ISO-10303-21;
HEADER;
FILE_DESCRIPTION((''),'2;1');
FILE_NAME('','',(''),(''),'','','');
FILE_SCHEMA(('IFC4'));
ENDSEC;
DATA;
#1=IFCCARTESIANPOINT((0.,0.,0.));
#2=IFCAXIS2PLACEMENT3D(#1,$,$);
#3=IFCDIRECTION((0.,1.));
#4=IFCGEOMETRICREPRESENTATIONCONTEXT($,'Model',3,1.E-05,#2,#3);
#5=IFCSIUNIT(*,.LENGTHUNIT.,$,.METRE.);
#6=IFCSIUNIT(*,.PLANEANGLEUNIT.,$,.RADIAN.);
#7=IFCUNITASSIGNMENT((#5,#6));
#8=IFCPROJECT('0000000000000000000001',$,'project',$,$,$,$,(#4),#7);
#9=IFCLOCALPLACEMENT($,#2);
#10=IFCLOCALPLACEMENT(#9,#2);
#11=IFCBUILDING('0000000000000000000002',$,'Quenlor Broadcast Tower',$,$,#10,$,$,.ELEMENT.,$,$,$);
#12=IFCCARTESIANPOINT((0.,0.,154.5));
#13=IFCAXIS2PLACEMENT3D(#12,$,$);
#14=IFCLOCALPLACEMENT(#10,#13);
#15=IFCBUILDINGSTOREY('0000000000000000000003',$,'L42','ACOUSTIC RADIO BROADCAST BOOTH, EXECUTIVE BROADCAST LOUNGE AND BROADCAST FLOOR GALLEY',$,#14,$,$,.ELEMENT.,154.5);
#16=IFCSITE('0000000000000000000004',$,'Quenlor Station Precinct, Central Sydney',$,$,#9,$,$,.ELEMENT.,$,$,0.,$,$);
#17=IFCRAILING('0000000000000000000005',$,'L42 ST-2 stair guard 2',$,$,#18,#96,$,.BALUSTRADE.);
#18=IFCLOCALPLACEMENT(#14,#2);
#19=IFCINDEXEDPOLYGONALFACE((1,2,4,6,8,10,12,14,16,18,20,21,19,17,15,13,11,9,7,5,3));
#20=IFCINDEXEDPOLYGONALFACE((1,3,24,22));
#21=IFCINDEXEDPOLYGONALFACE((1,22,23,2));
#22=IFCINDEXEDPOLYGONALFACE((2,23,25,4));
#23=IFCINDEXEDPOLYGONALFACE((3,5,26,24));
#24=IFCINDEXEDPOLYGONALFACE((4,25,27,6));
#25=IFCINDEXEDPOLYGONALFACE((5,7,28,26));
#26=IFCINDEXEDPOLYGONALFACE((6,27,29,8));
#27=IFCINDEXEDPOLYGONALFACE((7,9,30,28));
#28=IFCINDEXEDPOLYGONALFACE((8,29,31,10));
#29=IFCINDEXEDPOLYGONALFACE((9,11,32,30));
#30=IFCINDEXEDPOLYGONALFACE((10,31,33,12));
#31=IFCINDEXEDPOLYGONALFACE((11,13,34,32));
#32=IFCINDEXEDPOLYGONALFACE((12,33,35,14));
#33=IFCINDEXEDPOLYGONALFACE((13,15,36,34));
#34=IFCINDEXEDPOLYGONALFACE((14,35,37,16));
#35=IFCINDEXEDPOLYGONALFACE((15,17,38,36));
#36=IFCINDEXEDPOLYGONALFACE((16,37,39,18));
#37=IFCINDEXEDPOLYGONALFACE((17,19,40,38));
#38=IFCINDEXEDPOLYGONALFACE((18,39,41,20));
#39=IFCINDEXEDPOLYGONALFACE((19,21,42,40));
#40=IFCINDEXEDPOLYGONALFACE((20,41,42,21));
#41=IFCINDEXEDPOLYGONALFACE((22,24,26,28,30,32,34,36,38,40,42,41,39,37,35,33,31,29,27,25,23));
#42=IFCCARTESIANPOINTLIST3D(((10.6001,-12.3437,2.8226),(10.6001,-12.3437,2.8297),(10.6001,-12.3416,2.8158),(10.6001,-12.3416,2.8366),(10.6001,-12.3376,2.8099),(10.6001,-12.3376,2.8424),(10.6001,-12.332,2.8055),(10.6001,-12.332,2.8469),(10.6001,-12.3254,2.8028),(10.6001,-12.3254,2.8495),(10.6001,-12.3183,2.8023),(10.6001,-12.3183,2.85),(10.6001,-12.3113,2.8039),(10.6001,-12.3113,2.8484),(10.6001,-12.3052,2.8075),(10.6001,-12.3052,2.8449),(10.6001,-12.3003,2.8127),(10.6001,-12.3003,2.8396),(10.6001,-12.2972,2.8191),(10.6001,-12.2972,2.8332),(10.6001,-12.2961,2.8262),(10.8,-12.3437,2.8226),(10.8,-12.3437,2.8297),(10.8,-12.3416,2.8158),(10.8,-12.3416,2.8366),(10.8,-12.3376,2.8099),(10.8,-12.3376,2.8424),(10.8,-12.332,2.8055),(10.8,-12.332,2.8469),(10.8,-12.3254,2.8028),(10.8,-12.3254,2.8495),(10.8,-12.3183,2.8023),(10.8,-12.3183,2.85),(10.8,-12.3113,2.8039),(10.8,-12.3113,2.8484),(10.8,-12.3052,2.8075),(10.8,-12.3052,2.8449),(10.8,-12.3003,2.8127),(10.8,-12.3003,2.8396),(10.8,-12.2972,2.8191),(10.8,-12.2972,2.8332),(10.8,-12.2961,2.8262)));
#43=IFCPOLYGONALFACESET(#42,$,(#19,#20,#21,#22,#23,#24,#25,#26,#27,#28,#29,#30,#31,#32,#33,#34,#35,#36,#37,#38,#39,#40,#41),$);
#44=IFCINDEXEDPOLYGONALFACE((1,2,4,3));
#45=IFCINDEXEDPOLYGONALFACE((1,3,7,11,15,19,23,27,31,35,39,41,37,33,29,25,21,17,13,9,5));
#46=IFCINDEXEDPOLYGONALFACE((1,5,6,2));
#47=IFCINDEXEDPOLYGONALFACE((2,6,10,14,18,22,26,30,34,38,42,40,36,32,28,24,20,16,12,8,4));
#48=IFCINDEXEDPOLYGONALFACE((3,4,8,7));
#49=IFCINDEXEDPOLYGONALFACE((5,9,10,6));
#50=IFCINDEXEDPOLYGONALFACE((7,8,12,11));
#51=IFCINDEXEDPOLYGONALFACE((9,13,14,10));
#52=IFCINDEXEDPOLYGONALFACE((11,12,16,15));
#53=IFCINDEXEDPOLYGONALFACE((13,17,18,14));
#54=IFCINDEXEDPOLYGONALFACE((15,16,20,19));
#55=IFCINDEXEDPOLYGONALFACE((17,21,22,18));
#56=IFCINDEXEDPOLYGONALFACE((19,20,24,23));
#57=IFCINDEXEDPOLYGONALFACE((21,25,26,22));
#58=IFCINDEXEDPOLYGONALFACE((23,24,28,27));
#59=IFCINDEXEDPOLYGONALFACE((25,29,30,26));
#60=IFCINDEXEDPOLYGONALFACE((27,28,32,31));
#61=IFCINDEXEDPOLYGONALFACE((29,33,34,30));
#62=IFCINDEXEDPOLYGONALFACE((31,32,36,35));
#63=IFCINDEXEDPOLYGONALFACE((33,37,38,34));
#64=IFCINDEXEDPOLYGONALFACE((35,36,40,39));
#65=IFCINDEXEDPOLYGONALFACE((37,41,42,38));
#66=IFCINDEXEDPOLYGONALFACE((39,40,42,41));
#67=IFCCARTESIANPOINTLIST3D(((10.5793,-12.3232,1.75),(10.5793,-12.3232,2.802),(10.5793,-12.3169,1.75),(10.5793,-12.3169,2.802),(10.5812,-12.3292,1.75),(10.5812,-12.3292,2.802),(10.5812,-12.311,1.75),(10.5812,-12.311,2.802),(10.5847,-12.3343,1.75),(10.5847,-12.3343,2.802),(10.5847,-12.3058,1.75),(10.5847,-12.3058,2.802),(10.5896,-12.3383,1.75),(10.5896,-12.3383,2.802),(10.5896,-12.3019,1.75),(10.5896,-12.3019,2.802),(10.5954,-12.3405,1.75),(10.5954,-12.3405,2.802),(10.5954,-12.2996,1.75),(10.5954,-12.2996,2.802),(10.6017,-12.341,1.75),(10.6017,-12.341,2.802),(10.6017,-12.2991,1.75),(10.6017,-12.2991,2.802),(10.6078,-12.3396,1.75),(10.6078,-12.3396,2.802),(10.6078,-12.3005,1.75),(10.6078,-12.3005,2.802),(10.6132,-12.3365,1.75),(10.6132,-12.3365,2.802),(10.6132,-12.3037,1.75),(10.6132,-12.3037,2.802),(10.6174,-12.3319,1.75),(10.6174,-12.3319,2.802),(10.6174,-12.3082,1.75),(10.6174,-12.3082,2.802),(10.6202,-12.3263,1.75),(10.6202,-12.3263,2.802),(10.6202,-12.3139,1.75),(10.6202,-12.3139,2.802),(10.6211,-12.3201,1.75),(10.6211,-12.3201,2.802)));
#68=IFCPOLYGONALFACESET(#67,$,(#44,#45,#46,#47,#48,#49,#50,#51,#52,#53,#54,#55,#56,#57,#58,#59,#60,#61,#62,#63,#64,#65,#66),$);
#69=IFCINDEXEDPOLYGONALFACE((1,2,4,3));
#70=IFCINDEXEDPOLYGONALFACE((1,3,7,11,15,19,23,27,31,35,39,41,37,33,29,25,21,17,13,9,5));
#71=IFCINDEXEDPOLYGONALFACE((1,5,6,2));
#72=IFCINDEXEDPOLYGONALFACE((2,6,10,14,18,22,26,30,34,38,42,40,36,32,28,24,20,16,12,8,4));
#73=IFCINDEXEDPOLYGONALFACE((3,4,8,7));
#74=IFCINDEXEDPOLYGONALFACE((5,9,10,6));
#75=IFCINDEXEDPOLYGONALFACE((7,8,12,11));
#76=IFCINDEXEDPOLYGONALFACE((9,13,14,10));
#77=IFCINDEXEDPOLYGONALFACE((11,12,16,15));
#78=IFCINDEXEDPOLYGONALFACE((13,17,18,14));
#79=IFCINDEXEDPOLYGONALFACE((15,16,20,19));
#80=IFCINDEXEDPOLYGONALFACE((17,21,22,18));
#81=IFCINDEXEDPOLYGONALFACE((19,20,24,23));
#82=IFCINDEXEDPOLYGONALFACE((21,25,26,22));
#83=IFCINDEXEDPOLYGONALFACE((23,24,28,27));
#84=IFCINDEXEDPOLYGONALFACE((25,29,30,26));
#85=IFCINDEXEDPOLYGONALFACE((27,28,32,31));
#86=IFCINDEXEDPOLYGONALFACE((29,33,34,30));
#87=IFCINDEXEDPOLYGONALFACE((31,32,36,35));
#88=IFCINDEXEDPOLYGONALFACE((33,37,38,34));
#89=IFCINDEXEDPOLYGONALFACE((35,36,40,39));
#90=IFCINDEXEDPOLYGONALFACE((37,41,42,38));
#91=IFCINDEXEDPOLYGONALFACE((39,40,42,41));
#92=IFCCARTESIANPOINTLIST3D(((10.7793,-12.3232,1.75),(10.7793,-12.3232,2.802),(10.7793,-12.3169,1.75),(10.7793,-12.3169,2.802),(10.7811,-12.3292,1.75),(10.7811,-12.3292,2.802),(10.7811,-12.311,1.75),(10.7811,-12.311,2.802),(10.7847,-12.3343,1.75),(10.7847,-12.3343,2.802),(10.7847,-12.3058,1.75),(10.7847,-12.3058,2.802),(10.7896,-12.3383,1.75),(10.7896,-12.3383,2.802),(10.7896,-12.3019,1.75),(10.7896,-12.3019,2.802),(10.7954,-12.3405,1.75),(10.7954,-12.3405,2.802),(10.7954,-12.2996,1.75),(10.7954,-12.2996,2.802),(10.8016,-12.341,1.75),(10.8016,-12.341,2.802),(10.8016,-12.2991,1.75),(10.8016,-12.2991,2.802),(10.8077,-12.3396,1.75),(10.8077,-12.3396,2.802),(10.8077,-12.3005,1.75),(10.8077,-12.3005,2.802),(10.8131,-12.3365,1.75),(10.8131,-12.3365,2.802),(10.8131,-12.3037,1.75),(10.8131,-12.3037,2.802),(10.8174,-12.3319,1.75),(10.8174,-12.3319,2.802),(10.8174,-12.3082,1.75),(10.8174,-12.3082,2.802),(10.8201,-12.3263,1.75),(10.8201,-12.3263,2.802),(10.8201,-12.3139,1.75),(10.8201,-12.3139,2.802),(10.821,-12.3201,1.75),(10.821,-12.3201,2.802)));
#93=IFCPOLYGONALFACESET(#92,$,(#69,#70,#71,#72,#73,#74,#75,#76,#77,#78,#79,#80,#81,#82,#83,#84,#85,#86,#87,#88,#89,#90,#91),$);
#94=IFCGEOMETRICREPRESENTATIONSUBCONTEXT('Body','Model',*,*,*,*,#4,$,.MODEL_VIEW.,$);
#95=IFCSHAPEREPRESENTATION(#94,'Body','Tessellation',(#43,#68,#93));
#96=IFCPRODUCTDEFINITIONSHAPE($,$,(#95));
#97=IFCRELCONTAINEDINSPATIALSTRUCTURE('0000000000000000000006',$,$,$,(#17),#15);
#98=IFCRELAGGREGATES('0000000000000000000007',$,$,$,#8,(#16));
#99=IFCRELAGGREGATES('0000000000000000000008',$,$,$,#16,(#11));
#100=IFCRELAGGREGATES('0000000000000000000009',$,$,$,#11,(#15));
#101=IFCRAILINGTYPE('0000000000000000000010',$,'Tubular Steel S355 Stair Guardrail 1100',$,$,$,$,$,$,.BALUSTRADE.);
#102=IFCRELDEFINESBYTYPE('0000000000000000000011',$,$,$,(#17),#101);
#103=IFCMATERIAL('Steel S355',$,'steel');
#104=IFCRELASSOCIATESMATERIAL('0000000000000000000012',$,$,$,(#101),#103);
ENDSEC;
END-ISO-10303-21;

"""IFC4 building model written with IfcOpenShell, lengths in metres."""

from ifc_helpers import new_model, si_unit, direction, frame, origin, origin_2d, place, context, subcontext, project, spatial, circle, extrude, material, type_object, element, save


model = new_model("IFC4")

# Units and contexts
model_context = context("Model", 3, precision=1e-05, world=origin(), true_north=direction((0.0, 1.0)))
body_context = subcontext(model_context, "Body", "Model", "MODEL_VIEW")
ifc_project = project(units=[si_unit("LENGTHUNIT", "METRE"), si_unit("PLANEANGLEUNIT", "RADIAN")], contexts=[model_context])

# Site, building, storey
site_placement = place(None, origin())
site = spatial("IfcSite", under=ifc_project, at=site_placement, Name="Quenlor Station Precinct, Central Sydney", CompositionType="ELEMENT", RefElevation=0.0)
building_placement = place(site_placement, origin())
building = spatial("IfcBuilding", under=site, at=building_placement, Name="Quenlor Broadcast Tower", CompositionType="ELEMENT")
storey_placement = place(building_placement, frame((0.0, 0.0, 154.5)))
storey = spatial("IfcBuildingStorey", under=building, at=storey_placement, Name="L42", Description="ACOUSTIC RADIO BROADCAST BOOTH, EXECUTIVE BROADCAST LOUNGE AND BROADCAST FLOOR GALLEY", CompositionType="ELEMENT", Elevation=154.5)

# Railing
ifc_material_1 = material(Name="Steel S355", Category="steel")
railing_type = type_object("IfcRailingType", Name="Tubular Steel S355 Stair Guardrail 1100", PredefinedType="BALUSTRADE", material=ifc_material_1)
railing_placement = place(storey_placement, frame((10.6001, -12.3201, 1.75)))
element("IfcRailing", 1, at=railing_placement, inside=storey, type_object=railing_type, Name="L42 ST-2 stair guard 2", PredefinedType="BALUSTRADE", context=body_context, shape_type="SweptSolid", body=[
    extrude(circle(Radius=0.0239, at=origin_2d()), frame((0.0, 0.0, 1.0762), z_axis=(1.0, 0.0, 0.0), x_axis=(0.0, 1.0, 0.0)), (0.0, 0.0, 1.0), 0.2),
    extrude(circle(Radius=0.021, at=origin_2d()), origin(), (0.0, 0.0, 1.0), 1.052),
    extrude(circle(Radius=0.021, at=origin_2d()), frame((0.2, 0.0, 0.0)), (0.0, 0.0, 1.0), 1.052),
])

save(model, "model.ifc")
